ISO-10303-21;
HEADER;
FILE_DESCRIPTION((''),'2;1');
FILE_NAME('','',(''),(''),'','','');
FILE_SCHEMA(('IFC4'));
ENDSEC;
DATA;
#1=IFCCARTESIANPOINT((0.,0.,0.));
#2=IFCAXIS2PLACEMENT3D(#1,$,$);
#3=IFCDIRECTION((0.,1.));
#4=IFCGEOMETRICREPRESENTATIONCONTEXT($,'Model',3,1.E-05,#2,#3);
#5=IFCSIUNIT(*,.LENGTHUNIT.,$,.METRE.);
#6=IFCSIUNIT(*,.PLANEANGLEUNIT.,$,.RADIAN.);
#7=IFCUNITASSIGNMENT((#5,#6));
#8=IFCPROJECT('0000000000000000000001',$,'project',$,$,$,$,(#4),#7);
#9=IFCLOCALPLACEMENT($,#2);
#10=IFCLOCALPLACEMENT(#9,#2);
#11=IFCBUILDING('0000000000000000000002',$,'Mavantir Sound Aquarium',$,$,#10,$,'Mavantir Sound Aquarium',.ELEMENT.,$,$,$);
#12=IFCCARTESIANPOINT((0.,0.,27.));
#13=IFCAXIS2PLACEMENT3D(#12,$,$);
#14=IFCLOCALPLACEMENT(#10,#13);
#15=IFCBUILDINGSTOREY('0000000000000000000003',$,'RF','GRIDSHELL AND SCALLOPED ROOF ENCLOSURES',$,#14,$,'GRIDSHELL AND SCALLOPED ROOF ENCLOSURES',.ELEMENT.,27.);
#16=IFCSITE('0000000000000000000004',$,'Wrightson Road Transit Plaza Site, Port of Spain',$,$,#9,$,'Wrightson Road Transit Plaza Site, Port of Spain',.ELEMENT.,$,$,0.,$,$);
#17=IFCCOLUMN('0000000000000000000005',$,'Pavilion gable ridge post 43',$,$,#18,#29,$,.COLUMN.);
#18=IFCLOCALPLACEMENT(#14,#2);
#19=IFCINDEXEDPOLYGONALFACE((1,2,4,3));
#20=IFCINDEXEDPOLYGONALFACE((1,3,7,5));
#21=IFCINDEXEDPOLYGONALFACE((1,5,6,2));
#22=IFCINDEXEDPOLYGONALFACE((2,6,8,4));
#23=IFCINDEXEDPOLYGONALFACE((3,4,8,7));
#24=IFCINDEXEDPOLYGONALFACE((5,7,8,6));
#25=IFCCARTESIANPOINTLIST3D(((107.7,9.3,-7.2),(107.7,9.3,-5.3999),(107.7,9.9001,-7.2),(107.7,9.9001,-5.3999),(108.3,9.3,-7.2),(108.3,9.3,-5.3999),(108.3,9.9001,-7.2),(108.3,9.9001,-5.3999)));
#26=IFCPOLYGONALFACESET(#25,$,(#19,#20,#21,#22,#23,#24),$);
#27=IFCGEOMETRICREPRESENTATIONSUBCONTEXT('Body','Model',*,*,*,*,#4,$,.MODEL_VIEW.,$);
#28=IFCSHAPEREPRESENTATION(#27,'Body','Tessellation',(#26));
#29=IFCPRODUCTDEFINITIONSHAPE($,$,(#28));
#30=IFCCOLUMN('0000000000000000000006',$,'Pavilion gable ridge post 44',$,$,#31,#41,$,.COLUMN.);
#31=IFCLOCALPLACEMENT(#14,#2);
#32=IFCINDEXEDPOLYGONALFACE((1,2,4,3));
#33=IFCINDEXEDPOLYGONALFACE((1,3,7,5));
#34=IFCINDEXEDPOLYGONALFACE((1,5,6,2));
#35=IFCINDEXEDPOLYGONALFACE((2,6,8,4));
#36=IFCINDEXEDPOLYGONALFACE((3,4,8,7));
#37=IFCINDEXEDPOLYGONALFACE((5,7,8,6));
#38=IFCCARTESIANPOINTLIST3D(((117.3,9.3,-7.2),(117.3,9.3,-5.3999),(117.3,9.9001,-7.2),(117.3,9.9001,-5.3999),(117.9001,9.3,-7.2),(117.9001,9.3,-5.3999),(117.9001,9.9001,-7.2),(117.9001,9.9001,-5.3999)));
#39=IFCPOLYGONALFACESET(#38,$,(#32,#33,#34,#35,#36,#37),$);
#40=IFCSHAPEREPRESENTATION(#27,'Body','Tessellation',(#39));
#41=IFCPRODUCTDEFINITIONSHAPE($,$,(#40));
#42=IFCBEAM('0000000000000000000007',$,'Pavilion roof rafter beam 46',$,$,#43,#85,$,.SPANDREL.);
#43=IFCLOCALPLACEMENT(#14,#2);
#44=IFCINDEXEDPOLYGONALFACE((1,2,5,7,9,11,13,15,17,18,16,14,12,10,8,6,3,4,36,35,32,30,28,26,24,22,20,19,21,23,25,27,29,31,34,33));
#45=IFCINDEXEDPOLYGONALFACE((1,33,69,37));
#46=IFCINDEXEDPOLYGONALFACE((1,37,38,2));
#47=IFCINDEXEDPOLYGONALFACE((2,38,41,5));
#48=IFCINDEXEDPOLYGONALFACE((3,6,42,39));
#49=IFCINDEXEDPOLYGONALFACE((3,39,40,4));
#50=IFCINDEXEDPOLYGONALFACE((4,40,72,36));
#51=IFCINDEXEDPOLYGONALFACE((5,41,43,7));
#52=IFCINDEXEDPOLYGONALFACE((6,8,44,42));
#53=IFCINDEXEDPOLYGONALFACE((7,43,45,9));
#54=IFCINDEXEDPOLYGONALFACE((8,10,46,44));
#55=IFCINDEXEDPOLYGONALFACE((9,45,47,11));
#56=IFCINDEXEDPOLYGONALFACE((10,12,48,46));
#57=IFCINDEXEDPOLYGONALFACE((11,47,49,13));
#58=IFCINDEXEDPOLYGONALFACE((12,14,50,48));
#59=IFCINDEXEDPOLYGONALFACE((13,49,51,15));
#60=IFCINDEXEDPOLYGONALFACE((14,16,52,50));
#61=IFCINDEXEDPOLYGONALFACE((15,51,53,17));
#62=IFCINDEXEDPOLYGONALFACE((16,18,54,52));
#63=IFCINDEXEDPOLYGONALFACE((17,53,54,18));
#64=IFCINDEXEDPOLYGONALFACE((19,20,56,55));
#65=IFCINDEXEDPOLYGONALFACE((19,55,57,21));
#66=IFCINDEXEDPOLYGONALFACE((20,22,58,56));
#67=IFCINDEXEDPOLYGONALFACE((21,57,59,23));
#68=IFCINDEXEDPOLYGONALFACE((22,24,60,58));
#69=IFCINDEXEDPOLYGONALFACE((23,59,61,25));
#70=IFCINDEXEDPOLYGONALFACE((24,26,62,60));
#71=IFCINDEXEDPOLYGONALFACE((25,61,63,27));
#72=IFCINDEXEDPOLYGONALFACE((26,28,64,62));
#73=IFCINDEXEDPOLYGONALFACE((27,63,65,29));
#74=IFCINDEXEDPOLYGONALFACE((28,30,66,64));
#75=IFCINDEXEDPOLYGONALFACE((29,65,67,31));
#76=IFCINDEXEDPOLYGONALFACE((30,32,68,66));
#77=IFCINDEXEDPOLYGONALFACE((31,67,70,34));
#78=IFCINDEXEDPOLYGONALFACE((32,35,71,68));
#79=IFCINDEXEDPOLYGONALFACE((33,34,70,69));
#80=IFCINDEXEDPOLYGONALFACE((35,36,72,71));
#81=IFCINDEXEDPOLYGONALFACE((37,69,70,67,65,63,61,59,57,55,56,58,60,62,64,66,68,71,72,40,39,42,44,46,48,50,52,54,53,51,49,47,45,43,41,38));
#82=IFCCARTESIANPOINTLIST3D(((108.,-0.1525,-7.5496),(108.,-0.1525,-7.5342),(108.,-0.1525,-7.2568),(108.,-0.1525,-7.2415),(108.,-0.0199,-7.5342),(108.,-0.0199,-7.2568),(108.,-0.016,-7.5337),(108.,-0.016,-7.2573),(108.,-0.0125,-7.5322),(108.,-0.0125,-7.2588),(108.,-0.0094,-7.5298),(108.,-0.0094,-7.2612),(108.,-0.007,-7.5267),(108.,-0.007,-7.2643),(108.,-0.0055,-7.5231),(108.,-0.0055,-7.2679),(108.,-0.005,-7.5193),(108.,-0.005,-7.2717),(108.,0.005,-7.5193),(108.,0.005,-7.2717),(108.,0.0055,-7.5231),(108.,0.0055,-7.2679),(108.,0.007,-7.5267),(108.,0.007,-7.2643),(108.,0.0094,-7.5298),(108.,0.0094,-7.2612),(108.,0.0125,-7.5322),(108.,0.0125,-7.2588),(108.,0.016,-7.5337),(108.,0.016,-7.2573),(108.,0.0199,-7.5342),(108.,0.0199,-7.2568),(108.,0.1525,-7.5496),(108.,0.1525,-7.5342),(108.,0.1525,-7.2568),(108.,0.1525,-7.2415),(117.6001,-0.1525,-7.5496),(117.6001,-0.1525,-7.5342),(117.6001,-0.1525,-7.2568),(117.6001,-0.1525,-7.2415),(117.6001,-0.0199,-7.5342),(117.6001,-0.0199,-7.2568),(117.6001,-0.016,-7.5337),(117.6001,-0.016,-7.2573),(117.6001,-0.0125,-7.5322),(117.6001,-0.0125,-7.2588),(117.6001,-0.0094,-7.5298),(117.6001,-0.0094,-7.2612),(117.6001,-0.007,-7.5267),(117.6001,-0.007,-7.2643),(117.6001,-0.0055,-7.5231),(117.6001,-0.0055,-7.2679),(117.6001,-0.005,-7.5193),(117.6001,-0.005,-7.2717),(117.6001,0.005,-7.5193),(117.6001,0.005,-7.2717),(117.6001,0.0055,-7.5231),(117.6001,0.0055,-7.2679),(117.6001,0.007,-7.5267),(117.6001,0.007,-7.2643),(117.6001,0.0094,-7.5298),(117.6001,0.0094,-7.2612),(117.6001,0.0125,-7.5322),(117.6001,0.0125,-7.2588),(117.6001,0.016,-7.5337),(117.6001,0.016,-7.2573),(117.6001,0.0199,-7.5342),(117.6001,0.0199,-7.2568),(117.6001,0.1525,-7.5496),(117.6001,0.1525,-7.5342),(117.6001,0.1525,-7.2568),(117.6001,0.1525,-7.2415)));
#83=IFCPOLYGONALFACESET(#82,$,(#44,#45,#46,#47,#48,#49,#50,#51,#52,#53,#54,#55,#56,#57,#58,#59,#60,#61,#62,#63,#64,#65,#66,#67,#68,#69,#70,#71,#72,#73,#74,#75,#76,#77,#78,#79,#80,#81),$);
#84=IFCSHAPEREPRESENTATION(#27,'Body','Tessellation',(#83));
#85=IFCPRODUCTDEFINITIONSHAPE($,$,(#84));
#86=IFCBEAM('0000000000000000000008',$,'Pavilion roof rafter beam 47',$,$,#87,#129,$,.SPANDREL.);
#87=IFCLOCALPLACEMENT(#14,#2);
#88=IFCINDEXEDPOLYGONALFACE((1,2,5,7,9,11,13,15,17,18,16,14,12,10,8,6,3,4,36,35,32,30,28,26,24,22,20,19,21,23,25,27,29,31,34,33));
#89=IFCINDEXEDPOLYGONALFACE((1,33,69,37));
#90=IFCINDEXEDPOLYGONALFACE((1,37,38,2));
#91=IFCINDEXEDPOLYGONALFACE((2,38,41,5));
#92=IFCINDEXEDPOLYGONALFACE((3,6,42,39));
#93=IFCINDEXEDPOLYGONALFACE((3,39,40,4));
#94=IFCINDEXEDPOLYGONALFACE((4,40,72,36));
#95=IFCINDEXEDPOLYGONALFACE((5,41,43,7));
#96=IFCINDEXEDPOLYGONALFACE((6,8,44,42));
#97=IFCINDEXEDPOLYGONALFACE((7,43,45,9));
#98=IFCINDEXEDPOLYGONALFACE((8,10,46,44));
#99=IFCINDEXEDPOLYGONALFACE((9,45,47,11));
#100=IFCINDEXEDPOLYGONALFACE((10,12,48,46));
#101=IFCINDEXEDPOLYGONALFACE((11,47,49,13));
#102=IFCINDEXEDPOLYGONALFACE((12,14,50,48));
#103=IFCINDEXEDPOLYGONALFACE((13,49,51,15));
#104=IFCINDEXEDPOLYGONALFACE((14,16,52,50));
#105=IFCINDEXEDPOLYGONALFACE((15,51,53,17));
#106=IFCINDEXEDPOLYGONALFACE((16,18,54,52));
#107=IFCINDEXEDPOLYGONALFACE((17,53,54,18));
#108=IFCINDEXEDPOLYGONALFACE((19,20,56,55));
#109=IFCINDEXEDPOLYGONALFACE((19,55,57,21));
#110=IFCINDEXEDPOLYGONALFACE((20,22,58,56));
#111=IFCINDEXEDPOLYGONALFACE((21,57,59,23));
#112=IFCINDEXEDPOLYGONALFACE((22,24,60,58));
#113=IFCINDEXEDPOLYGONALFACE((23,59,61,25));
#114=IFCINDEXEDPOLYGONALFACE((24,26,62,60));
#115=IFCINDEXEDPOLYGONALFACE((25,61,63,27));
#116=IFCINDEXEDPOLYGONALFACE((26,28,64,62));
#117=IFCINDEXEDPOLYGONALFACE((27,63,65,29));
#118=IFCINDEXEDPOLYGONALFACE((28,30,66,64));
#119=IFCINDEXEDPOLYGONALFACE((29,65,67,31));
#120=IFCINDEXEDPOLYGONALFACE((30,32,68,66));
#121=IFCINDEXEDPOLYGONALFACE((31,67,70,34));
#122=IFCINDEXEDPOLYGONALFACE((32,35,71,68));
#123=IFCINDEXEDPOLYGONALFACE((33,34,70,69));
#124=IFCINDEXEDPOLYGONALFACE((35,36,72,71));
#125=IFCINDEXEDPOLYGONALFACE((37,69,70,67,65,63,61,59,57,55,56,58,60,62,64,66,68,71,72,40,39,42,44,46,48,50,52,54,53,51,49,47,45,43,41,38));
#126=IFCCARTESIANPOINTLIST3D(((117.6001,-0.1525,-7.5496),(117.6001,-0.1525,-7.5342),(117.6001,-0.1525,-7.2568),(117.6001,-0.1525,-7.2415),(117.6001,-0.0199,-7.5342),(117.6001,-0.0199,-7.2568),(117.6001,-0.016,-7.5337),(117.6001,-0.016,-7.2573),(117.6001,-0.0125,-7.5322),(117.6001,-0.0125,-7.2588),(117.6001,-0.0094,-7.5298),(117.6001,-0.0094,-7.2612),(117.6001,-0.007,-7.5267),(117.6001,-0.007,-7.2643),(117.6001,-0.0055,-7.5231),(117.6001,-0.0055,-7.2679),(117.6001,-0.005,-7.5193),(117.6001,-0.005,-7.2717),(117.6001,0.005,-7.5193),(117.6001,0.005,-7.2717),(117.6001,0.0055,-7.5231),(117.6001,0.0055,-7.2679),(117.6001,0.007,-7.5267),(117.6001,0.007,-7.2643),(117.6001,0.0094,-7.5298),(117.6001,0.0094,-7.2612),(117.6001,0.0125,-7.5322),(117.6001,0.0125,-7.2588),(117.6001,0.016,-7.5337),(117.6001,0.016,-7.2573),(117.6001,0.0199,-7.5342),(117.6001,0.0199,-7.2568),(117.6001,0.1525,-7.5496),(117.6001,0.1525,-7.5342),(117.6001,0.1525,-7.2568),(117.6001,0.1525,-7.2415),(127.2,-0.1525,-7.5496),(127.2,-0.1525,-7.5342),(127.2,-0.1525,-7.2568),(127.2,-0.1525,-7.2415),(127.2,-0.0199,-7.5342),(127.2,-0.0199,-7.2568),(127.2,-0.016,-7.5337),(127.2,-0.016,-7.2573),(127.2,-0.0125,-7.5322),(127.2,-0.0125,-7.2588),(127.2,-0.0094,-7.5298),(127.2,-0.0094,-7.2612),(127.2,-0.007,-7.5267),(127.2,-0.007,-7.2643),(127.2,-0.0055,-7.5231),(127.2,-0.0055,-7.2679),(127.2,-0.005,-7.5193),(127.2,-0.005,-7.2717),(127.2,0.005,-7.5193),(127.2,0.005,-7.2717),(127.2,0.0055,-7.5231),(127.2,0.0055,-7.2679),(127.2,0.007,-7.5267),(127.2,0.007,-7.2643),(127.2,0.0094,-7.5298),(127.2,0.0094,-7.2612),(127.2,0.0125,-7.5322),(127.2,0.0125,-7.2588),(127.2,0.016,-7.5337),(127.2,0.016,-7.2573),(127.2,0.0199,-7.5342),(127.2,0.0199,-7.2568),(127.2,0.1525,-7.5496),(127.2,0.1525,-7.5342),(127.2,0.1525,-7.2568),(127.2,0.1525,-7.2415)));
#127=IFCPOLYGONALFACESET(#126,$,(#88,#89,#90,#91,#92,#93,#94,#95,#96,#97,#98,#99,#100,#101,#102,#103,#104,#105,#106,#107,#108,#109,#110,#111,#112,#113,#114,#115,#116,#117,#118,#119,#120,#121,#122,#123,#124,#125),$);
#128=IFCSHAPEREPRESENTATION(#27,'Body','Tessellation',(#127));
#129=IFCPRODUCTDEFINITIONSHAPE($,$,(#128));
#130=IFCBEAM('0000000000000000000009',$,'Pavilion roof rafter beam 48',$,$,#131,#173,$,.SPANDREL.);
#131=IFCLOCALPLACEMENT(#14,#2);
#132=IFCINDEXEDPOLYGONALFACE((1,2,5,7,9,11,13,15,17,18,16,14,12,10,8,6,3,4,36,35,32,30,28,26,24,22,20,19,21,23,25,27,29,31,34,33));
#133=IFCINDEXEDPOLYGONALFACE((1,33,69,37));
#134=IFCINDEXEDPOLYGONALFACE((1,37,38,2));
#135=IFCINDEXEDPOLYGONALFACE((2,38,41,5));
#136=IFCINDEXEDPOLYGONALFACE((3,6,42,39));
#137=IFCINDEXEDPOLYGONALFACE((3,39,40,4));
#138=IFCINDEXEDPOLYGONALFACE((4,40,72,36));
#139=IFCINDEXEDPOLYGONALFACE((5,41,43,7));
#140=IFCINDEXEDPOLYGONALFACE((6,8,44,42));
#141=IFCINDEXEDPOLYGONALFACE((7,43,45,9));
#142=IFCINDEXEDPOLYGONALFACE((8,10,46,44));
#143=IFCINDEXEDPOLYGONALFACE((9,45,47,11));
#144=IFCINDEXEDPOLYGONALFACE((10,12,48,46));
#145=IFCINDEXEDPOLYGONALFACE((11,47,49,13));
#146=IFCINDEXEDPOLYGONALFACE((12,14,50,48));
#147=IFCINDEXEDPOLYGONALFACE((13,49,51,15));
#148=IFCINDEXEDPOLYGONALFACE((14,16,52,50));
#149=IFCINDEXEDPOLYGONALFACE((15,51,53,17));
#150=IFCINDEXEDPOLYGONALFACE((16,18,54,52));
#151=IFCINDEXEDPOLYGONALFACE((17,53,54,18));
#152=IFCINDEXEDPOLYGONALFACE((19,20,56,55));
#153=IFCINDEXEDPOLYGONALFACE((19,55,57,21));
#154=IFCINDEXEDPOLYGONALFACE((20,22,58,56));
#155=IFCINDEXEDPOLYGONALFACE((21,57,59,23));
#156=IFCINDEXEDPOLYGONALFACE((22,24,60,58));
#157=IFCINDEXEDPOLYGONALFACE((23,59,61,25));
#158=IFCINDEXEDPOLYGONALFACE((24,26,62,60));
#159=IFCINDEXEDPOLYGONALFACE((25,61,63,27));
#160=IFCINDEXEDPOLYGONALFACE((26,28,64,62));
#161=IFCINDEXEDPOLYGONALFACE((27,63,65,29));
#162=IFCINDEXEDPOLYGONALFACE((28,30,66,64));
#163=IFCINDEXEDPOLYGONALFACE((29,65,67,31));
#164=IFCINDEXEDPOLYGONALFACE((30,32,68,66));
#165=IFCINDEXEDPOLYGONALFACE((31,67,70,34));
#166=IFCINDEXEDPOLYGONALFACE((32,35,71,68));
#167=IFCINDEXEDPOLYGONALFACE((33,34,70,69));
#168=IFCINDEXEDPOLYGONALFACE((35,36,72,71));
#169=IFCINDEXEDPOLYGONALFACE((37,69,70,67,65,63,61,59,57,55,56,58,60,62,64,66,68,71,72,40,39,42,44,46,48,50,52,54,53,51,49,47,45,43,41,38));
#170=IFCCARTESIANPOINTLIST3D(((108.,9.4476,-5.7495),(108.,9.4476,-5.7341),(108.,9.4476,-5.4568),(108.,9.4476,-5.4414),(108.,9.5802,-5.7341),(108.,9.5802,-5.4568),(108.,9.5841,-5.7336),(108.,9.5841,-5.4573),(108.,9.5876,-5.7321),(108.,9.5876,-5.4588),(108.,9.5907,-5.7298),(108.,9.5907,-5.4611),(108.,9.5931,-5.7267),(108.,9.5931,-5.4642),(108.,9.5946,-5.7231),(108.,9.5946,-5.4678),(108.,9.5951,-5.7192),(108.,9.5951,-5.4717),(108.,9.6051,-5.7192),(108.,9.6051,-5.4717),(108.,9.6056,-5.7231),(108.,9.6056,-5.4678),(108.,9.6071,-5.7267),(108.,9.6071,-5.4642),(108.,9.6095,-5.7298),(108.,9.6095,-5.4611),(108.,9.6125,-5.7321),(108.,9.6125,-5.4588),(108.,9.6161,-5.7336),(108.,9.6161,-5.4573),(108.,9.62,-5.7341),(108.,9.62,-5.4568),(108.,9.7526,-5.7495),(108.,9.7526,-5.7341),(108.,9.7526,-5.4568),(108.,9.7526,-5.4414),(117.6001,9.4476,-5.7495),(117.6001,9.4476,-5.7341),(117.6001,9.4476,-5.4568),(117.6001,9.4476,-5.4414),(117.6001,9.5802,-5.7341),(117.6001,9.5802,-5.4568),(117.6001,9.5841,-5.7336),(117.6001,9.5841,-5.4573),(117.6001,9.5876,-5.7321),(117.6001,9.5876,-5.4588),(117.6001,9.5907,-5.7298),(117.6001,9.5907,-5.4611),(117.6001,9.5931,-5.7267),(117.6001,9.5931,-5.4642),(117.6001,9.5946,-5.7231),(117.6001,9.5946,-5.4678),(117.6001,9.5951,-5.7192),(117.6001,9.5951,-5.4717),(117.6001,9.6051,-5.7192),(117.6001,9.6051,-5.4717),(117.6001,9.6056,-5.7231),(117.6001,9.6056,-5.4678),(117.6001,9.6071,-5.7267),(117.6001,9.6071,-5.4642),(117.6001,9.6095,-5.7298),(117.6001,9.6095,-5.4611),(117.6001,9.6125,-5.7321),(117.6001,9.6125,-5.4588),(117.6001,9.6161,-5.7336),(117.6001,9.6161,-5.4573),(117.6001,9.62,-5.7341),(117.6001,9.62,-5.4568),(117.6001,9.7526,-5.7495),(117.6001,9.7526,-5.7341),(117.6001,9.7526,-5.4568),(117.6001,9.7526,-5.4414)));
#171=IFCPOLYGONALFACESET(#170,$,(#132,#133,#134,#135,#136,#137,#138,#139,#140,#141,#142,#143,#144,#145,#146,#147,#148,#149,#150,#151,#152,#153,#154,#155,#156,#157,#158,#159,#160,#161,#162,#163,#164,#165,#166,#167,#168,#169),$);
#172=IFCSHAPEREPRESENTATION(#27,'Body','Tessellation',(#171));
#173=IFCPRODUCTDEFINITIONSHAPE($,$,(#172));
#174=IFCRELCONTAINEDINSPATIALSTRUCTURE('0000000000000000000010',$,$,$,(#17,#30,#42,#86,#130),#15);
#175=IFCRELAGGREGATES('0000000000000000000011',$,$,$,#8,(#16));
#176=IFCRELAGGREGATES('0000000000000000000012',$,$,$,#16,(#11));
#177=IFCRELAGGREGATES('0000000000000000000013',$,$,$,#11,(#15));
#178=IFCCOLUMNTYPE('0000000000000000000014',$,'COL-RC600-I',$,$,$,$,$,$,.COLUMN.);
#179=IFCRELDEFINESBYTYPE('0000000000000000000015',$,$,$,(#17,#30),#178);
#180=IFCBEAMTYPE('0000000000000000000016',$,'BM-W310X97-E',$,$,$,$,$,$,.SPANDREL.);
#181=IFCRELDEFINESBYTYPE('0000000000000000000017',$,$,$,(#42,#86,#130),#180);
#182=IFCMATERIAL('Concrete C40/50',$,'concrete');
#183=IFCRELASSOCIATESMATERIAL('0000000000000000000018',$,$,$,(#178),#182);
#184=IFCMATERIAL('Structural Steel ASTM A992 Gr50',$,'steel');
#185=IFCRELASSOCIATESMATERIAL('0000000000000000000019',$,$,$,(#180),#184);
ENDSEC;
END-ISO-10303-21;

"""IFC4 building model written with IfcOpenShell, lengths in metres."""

from ifc_helpers import new_model, si_unit, direction, frame, origin, origin_2d, place, context, subcontext, project, spatial, rectangle, i_section, extrude, material, material_profile, profile_set, type_object, element, save


model = new_model("IFC4")

# Units and contexts
model_context = context("Model", 3, precision=1e-05, world=origin(), true_north=direction((0.0, 1.0)))
body_context = subcontext(model_context, "Body", "Model", "MODEL_VIEW")
ifc_project = project(units=[si_unit("LENGTHUNIT", "METRE"), si_unit("PLANEANGLEUNIT", "RADIAN")], contexts=[model_context])

# Site, building, storey
site_placement = place(None, origin())
site = spatial("IfcSite", under=ifc_project, at=site_placement, Name="Wrightson Road Transit Plaza Site, Port of Spain", LongName="Wrightson Road Transit Plaza Site, Port of Spain", CompositionType="ELEMENT", RefElevation=0.0)
building_placement = place(site_placement, origin())
building = spatial("IfcBuilding", under=site, at=building_placement, Name="Mavantir Sound Aquarium", LongName="Mavantir Sound Aquarium", CompositionType="ELEMENT")
storey_placement = place(building_placement, frame((0.0, 0.0, 27.0)))
storey = spatial("IfcBuildingStorey", under=building, at=storey_placement, Name="RF", Description="GRIDSHELL AND SCALLOPED ROOF ENCLOSURES", LongName="GRIDSHELL AND SCALLOPED ROOF ENCLOSURES", CompositionType="ELEMENT", Elevation=27.0)

# Columns
ifc_material_1 = material(Name="Concrete C40/50", Category="concrete")
ifc_material_profile_1 = material_profile(ifc_material_1, rectangle(XDim=0.6001, YDim=0.6001, at=origin_2d()), Name="RC 600X600")
ifc_profile_set_1 = profile_set([ifc_material_profile_1], Name="Concrete C40/50")
column_type = type_object("IfcColumnType", Name="COL-RC600-I", PredefinedType="COLUMN", material=ifc_profile_set_1)
for number, where, z_axis, x_axis, name in (
    (1, (108.0, 9.6001, -7.2), (0.0, 0.0, 1.0), (1.0, 0.0, 0.0), "Pavilion gable ridge post 43"),
    (2, (117.6001, 9.6001, -7.2), (0.0, 0.0, 1.0), (1.0, 0.0, 0.0), "Pavilion gable ridge post 44"),
):
    element("IfcColumn", number, at=place(storey_placement, frame(where, z_axis=z_axis, x_axis=x_axis)), inside=storey, type_object=column_type, Name=name, PredefinedType="COLUMN", context=body_context, shape_type="SweptSolid", body=[
        extrude(rectangle(XDim=0.6001, YDim=0.6001, at=origin_2d()), origin(), (0.0, 0.0, 1.0), 1.8),
    ])

# Beams
ifc_material_2 = material(Name="Structural Steel ASTM A992 Gr50", Category="steel")
ifc_material_profile_2 = material_profile(ifc_material_2, i_section(OverallWidth=0.3049, OverallDepth=0.3081, WebThickness=0.01, FlangeThickness=0.0154, FilletRadius=0.0149, at=origin_2d()), Name="W310X97")
ifc_profile_set_2 = profile_set([ifc_material_profile_2], Name="Structural Steel ASTM A992 Gr50")
beam_type = type_object("IfcBeamType", Name="BM-W310X97-E", PredefinedType="SPANDREL", material=ifc_profile_set_2)
beam_1_placement = place(storey_placement, frame((108.0, 0.0, -7.3955), z_axis=(1.0, 0.0, 0.0), x_axis=(0.0, 1.0, 0.0)))
element("IfcBeam", 3, at=beam_1_placement, inside=storey, type_object=beam_type, Name="Pavilion roof rafter beam 46", PredefinedType="SPANDREL", context=body_context, shape_type="SweptSolid", body=[
    extrude(i_section(OverallWidth=0.3049, OverallDepth=0.3081, WebThickness=0.01, FlangeThickness=0.0154, FilletRadius=0.0149, at=origin_2d()), origin(), (0.0, 0.0, 1.0), 9.6001),
])
beam_2_placement = place(storey_placement, frame((117.6001, 0.0, -7.3955), z_axis=(1.0, 0.0, 0.0), x_axis=(0.0, 1.0, 0.0)))
element("IfcBeam", 4, at=beam_2_placement, inside=storey, type_object=beam_type, Name="Pavilion roof rafter beam 47", PredefinedType="SPANDREL", context=body_context, shape_type="SweptSolid", body=[
    extrude(i_section(OverallWidth=0.3049, OverallDepth=0.3081, WebThickness=0.01, FlangeThickness=0.0154, FilletRadius=0.0149, at=origin_2d()), origin(), (0.0, 0.0, 1.0), 9.5999),
])
beam_3_placement = place(storey_placement, frame((108.0, 9.6001, -5.5955), z_axis=(1.0, 0.0, 0.0), x_axis=(0.0, 1.0, 0.0)))
element("IfcBeam", 5, at=beam_3_placement, inside=storey, type_object=beam_type, Name="Pavilion roof rafter beam 48", PredefinedType="SPANDREL", context=body_context, shape_type="SweptSolid", body=[
    extrude(i_section(OverallWidth=0.3049, OverallDepth=0.3081, WebThickness=0.01, FlangeThickness=0.0154, FilletRadius=0.0149, at=origin_2d()), origin(), (0.0, 0.0, 1.0), 9.6001),
])

save(model, "model.ifc")
